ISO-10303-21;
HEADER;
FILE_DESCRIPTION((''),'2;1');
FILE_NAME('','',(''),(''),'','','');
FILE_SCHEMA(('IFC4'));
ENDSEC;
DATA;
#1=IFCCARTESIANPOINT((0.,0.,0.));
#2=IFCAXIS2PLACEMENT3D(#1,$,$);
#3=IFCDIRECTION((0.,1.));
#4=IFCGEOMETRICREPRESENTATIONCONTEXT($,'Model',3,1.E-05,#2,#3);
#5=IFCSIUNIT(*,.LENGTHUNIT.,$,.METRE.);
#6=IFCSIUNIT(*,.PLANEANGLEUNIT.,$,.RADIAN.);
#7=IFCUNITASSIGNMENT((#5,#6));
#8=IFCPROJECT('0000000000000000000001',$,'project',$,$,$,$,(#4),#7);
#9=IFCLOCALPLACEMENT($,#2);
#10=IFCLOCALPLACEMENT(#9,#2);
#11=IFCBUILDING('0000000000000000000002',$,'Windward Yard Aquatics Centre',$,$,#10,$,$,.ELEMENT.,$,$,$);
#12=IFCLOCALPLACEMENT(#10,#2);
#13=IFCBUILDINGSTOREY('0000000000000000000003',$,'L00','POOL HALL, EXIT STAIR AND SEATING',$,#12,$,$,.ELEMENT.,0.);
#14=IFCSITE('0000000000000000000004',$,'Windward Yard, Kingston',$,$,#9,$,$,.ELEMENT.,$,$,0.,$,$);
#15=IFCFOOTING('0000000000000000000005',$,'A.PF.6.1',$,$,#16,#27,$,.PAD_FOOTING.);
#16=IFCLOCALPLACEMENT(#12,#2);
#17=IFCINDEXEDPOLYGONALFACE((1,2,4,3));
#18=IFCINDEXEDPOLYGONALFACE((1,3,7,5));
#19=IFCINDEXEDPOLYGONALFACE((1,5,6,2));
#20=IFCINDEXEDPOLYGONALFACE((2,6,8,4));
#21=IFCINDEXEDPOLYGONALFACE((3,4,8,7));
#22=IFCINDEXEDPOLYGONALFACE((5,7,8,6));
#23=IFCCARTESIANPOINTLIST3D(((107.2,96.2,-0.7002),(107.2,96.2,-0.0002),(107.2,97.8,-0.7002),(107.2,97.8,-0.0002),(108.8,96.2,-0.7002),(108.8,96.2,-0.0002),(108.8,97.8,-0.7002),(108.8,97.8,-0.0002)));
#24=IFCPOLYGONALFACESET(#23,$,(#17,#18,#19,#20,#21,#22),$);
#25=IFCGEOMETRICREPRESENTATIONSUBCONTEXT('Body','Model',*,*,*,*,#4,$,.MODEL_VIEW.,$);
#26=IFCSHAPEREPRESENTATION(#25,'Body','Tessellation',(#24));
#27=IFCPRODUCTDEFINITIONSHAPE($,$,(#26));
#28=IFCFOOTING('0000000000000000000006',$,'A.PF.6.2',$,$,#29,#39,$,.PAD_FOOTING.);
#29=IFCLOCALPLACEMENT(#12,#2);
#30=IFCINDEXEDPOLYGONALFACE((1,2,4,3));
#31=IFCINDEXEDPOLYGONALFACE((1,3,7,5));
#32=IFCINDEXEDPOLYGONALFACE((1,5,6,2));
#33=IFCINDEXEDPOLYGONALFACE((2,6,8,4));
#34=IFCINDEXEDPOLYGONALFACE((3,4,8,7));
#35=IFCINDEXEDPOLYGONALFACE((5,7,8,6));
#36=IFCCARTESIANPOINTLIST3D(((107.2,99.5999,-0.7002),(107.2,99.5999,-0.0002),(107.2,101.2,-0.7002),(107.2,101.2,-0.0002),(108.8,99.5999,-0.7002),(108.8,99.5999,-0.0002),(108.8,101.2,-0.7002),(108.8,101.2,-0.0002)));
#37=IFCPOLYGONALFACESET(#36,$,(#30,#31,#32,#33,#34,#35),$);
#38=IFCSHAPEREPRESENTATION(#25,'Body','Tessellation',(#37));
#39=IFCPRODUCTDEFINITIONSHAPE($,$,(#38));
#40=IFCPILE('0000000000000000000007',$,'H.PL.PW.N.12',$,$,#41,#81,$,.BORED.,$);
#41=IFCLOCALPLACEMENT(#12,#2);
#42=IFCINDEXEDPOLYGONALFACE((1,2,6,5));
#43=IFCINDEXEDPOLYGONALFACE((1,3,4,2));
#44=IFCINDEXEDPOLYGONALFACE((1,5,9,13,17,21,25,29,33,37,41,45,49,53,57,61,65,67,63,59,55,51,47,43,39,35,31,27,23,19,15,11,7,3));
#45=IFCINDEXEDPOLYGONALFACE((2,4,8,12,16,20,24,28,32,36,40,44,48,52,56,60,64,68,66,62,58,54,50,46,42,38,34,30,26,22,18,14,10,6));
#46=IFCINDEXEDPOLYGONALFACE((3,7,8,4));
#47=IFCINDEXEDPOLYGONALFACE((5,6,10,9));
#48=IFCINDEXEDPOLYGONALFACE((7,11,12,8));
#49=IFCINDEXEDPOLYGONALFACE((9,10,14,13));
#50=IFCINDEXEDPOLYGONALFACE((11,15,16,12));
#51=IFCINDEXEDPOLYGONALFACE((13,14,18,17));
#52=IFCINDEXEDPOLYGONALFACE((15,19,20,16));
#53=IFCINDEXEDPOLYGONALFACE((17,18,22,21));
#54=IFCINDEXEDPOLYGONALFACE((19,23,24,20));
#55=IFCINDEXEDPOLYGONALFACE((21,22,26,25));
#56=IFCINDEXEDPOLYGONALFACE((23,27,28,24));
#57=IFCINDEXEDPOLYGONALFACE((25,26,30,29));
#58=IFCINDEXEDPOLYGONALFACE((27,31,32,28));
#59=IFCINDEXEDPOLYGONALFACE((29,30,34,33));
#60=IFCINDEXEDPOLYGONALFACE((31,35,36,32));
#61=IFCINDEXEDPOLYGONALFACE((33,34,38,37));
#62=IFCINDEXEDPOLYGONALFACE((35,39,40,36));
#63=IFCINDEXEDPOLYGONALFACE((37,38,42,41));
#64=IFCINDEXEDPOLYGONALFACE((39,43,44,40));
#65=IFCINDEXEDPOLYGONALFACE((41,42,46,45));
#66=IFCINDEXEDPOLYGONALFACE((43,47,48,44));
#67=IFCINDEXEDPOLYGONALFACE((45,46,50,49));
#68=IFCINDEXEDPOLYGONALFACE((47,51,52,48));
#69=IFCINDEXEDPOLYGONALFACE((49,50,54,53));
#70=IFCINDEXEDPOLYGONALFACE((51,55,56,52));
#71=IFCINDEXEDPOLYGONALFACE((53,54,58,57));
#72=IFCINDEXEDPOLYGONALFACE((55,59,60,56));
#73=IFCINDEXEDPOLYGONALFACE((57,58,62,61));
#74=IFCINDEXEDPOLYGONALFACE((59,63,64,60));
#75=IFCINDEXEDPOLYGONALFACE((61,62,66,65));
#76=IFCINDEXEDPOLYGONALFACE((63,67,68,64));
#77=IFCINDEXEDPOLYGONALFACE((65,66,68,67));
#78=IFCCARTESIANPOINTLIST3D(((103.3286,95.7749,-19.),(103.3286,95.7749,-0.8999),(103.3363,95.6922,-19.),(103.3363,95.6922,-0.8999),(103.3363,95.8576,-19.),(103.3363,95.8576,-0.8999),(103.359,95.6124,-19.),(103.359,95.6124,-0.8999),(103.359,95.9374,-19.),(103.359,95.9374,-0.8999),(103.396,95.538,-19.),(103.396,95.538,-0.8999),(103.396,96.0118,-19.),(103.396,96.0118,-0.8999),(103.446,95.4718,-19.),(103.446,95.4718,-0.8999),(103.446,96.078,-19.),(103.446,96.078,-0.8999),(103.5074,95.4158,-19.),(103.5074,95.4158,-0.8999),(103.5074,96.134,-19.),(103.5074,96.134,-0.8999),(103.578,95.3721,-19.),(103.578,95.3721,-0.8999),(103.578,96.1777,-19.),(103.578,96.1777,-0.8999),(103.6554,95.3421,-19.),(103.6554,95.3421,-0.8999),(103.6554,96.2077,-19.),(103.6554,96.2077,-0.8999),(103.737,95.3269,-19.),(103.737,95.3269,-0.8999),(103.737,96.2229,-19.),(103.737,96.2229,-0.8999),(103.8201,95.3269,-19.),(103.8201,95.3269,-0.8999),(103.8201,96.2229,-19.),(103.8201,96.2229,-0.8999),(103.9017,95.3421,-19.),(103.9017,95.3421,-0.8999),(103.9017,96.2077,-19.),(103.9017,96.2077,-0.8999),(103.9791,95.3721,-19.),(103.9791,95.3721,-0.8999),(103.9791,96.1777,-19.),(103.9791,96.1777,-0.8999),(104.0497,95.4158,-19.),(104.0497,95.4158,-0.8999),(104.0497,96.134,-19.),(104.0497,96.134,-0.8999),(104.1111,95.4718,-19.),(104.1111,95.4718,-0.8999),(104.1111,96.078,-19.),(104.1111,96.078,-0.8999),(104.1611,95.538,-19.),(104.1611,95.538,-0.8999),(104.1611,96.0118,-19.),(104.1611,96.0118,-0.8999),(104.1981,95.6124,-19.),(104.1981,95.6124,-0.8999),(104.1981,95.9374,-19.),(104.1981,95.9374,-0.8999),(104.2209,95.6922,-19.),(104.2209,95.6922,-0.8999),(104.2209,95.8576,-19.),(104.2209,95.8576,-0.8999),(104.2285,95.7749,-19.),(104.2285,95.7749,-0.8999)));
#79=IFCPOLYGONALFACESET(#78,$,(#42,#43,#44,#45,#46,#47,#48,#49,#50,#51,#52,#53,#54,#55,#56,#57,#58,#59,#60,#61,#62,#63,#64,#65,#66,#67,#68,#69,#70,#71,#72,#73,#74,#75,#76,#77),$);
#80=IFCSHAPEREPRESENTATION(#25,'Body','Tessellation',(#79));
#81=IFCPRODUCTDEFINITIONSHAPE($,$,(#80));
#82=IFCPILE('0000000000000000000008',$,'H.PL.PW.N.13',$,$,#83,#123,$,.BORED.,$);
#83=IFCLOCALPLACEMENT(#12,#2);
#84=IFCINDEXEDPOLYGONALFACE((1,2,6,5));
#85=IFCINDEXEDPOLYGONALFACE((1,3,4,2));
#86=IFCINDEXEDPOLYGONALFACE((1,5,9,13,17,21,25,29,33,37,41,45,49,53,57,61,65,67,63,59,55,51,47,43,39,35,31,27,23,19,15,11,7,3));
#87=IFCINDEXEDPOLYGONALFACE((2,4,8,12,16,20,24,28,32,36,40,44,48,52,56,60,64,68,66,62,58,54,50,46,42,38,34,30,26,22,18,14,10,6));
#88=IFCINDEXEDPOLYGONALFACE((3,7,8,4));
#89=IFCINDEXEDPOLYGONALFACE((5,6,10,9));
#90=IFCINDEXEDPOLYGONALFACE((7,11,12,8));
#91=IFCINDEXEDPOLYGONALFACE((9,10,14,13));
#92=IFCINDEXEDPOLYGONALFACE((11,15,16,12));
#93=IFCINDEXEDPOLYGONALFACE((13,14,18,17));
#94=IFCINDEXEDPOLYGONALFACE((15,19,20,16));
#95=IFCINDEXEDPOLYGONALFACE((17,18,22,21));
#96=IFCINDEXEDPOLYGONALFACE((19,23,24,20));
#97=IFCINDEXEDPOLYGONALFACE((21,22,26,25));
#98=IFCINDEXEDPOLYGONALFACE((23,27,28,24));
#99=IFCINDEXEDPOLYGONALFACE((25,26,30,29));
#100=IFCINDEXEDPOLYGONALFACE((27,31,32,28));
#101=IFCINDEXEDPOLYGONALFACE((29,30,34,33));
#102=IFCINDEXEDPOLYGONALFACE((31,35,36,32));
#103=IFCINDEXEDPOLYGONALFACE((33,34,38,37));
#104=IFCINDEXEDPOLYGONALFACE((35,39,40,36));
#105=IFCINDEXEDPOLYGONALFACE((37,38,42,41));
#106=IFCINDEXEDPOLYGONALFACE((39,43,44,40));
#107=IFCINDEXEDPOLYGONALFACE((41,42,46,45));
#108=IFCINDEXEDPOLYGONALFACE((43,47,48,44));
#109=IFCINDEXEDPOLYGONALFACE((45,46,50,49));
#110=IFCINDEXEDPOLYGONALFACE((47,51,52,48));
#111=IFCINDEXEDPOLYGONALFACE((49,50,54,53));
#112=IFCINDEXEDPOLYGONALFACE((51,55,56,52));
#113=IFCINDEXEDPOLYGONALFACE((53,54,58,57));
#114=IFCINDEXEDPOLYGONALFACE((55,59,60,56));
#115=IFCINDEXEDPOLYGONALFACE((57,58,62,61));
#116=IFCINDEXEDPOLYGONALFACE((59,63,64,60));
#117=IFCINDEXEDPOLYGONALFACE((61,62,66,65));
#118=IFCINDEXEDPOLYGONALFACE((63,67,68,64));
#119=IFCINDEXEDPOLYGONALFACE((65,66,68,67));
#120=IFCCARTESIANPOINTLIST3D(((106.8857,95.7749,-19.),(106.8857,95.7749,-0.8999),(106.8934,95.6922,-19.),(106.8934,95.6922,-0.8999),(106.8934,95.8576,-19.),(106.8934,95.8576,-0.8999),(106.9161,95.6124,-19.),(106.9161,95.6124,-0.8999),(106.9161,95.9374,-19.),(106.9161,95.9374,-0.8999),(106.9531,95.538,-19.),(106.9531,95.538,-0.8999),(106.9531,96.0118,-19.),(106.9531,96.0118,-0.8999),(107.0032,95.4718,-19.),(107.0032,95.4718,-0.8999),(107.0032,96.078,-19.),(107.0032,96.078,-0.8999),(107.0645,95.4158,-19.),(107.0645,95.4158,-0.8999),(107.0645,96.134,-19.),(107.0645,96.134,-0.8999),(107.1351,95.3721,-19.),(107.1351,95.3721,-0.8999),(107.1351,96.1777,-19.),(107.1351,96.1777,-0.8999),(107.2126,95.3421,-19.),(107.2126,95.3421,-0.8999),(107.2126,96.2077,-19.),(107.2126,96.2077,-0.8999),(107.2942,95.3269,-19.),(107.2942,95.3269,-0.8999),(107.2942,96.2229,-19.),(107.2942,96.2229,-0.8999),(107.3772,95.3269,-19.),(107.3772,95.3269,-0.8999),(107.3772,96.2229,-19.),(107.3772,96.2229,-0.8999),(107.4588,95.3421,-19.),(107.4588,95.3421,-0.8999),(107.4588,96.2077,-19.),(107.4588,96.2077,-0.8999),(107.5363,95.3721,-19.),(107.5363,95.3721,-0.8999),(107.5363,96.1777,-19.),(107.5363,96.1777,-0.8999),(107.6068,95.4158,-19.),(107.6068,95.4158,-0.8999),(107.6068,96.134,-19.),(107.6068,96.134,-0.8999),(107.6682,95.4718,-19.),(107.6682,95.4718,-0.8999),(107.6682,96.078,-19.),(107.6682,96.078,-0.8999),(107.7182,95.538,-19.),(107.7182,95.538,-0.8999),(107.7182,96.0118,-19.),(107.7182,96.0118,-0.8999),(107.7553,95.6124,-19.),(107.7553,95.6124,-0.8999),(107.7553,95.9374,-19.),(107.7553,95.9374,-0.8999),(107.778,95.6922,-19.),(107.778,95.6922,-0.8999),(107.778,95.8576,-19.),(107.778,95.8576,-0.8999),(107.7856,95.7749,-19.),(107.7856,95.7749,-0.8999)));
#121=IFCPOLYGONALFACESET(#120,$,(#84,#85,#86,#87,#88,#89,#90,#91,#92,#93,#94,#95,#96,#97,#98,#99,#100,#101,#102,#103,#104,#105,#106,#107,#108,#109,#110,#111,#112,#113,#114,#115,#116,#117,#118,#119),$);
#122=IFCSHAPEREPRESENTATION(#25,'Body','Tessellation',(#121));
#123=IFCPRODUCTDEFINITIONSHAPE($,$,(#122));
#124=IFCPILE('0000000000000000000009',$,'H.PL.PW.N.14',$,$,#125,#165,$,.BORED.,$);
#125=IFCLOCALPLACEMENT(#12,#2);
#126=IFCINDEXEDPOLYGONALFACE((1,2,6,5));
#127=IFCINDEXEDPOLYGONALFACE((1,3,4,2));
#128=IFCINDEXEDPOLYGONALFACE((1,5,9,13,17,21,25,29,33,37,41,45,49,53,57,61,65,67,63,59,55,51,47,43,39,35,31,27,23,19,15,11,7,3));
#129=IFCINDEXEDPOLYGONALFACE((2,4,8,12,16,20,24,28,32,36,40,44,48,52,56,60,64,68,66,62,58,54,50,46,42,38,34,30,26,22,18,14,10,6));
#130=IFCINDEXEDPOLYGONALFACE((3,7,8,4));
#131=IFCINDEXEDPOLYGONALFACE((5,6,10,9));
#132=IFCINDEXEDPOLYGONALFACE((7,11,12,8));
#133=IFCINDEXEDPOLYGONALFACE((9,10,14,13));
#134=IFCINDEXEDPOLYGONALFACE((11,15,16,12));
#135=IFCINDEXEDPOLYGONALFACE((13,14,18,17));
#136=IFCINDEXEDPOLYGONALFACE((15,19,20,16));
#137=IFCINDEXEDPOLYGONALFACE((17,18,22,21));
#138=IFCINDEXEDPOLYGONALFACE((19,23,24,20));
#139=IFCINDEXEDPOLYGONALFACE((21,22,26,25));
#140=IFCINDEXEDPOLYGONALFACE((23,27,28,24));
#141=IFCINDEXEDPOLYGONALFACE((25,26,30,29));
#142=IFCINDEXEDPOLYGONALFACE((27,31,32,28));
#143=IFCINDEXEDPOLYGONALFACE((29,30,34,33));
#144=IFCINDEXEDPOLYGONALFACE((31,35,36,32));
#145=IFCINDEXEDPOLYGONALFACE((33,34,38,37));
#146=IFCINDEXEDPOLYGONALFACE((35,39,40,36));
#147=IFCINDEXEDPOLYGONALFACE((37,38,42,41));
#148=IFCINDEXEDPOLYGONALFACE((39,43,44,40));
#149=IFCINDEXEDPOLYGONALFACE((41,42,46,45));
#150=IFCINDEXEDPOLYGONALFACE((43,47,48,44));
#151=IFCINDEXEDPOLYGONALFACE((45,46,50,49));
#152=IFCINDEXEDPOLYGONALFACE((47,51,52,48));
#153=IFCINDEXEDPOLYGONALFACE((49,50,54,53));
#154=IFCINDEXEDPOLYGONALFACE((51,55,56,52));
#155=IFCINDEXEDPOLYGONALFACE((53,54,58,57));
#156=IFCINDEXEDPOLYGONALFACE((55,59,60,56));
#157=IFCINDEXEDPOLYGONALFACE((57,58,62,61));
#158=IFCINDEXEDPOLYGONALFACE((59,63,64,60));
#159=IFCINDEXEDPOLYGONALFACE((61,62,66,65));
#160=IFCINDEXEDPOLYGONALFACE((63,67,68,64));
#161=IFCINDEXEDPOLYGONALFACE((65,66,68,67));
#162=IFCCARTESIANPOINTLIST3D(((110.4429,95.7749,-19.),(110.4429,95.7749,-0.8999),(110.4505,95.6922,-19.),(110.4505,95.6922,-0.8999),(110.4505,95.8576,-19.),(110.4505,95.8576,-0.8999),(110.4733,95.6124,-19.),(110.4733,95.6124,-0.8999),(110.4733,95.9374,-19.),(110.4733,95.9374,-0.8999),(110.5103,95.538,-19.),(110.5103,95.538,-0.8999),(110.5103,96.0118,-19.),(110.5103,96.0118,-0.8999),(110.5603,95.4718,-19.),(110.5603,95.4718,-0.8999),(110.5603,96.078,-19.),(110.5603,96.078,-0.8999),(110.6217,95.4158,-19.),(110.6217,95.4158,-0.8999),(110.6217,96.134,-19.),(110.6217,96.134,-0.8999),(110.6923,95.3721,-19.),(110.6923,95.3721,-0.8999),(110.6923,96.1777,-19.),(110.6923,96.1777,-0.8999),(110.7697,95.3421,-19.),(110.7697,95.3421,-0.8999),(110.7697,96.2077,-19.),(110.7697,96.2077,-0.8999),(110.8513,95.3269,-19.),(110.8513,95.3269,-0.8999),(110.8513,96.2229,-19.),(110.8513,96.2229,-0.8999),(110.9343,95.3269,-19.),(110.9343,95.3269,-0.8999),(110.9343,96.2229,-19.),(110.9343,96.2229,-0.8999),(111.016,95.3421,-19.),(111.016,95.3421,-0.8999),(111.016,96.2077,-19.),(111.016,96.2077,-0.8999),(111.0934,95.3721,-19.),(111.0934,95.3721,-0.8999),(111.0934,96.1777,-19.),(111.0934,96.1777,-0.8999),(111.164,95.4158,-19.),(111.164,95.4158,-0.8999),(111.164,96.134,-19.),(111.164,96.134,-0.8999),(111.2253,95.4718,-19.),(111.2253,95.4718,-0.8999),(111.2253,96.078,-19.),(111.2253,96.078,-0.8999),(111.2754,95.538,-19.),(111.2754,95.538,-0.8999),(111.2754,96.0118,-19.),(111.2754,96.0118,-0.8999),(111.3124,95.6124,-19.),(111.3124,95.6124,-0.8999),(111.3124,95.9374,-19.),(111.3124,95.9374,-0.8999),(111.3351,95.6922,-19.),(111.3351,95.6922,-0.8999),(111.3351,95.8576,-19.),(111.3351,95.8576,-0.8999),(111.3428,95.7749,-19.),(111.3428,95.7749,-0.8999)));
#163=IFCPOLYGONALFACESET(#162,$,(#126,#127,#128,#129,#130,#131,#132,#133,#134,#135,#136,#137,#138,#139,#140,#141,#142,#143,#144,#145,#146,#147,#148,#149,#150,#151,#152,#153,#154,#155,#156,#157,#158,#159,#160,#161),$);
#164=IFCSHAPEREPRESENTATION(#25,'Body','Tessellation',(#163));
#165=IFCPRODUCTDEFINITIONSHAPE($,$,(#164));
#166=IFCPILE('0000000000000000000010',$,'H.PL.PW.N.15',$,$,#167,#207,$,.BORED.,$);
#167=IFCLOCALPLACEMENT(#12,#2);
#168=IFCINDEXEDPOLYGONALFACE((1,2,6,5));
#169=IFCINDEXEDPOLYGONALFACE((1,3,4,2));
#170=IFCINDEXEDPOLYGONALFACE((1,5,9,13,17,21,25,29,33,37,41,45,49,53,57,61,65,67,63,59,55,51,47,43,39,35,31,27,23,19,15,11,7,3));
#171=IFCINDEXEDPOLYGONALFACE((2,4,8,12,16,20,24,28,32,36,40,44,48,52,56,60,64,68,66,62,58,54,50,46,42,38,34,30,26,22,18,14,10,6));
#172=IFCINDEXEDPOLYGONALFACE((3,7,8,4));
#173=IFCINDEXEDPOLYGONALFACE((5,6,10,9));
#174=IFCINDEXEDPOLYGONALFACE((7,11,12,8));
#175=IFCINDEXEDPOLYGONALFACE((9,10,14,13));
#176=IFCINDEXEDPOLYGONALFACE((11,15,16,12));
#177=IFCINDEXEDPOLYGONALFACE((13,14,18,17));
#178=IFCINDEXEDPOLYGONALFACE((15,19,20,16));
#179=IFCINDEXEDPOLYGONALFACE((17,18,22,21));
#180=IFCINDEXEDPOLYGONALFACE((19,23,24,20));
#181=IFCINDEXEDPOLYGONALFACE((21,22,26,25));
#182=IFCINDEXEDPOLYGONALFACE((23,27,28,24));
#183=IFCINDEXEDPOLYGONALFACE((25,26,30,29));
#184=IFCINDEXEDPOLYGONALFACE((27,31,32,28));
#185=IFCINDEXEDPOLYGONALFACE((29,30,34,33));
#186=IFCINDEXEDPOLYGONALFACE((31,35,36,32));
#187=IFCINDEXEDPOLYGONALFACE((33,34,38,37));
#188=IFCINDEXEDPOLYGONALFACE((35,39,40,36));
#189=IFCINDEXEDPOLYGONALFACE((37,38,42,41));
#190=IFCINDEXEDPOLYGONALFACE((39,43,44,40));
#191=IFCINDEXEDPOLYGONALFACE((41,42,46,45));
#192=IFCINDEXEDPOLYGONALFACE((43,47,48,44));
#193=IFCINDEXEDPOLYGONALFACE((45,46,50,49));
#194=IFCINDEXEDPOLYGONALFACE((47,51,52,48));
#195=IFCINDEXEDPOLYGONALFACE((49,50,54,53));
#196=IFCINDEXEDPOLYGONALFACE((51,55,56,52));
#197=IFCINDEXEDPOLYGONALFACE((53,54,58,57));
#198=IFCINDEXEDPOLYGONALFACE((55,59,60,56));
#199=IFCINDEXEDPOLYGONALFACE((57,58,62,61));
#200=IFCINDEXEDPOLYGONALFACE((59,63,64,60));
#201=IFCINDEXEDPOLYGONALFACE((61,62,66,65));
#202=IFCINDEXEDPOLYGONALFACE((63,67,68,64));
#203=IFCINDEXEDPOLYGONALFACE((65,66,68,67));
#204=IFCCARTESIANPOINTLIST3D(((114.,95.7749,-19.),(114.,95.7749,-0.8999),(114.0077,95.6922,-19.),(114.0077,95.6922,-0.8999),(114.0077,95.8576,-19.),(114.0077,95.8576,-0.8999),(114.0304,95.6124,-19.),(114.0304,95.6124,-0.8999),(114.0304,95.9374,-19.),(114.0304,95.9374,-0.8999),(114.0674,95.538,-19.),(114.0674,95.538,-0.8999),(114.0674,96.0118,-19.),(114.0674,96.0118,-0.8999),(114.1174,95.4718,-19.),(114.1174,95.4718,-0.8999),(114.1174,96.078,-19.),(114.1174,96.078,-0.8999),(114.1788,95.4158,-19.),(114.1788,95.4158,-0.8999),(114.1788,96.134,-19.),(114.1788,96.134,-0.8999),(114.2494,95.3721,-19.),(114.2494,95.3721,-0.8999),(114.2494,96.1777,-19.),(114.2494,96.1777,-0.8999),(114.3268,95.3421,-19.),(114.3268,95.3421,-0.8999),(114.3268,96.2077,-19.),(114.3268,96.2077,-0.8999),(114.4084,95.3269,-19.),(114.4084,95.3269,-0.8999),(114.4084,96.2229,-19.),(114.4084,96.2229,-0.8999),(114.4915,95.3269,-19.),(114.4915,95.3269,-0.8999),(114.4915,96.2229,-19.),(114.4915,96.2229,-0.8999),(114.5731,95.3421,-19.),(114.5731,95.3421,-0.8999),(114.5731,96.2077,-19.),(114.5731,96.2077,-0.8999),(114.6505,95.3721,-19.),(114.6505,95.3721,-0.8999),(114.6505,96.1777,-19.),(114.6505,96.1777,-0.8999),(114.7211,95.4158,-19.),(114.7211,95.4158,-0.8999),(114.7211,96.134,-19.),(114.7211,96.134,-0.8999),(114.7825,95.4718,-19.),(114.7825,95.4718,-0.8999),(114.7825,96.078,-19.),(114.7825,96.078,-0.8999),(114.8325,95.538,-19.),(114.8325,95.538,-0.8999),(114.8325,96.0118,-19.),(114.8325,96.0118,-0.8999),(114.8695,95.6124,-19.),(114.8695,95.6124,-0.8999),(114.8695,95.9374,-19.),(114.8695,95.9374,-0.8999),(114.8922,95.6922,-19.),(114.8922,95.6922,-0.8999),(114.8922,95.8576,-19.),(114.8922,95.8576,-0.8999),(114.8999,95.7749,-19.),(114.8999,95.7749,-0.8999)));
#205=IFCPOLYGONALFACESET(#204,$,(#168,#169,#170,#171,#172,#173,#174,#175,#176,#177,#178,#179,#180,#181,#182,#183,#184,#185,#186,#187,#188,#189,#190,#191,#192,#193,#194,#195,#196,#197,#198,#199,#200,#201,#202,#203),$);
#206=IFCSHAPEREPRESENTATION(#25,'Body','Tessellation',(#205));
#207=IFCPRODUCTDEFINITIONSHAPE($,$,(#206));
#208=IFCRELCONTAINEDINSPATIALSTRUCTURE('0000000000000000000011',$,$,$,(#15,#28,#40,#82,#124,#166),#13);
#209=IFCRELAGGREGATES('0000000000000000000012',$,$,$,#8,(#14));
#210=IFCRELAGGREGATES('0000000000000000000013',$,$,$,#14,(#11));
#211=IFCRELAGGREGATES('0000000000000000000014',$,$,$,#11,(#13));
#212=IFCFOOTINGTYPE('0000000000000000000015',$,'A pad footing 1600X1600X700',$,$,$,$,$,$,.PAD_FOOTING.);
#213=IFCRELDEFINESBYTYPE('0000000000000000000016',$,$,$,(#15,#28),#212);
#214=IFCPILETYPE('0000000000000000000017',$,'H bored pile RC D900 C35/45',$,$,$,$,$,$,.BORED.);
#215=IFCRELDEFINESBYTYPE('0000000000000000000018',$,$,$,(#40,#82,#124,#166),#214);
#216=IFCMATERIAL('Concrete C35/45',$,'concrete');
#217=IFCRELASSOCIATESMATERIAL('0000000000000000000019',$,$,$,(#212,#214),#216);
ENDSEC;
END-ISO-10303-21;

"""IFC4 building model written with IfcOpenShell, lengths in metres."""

from ifc_helpers import new_model, si_unit, direction, frame, origin, origin_2d, place, context, subcontext, project, spatial, rectangle, circle, extrude, material, material_profile, profile_set, type_object, element, save


model = new_model("IFC4")

# Units and contexts
model_context = context("Model", 3, precision=1e-05, world=origin(), true_north=direction((0.0, 1.0)))
body_context = subcontext(model_context, "Body", "Model", "MODEL_VIEW")
ifc_project = project(units=[si_unit("LENGTHUNIT", "METRE"), si_unit("PLANEANGLEUNIT", "RADIAN")], contexts=[model_context])

# Site, building, storey
site_placement = place(None, origin())
site = spatial("IfcSite", under=ifc_project, at=site_placement, Name="Windward Yard, Kingston", CompositionType="ELEMENT", RefElevation=0.0)
building_placement = place(site_placement, origin())
building = spatial("IfcBuilding", under=site, at=building_placement, Name="Windward Yard Aquatics Centre", CompositionType="ELEMENT")
storey_placement = place(building_placement, origin())
storey = spatial("IfcBuildingStorey", under=building, at=storey_placement, Name="L00", Description="POOL HALL, EXIT STAIR AND SEATING", CompositionType="ELEMENT", Elevation=0.0)

# Footings
ifc_material_1 = material(Name="Concrete C35/45", Category="concrete")
footing_type_1 = type_object("IfcFootingType", Name="A pad footing 1600X1600X700", PredefinedType="PAD_FOOTING", material=ifc_material_1)
for number, where, z_axis, x_axis, name in (
    (1, (108.0, 97.0, -0.7002), (0.0, 0.0, 1.0), (1.0, 0.0, 0.0), "A.PF.6.1"),
    (2, (108.0, 100.3999, -0.7002), (0.0, 0.0, 1.0), (1.0, 0.0, 0.0), "A.PF.6.2"),
):
    element("IfcFooting", number, at=place(storey_placement, frame(where, z_axis=z_axis, x_axis=x_axis)), inside=storey, type_object=footing_type_1, Name=name, PredefinedType="PAD_FOOTING", context=body_context, shape_type="SweptSolid", body=[
        extrude(rectangle(XDim=1.6001, YDim=1.6001, at=origin_2d()), origin(), (0.0, 0.0, 1.0), 0.7),
    ])

# Piles
ifc_material_profile_1 = material_profile(ifc_material_1, circle(Radius=0.45, at=origin_2d()), Name="RC D900")
ifc_profile_set_1 = profile_set([ifc_material_profile_1], Name="Concrete C35/45")
pile_type = type_object("IfcPileType", Name="H bored pile RC D900 C35/45", PredefinedType="BORED", material=ifc_profile_set_1)
for number, where, z_axis, x_axis, name in (
    (3, (103.7786, 95.7749, -0.8999), (0.0, 0.0, -1.0), (1.0, 0.0, 0.0), "H.PL.PW.N.12"),
    (4, (107.3357, 95.7749, -0.8999), (0.0, 0.0, -1.0), (1.0, 0.0, 0.0), "H.PL.PW.N.13"),
    (5, (110.8928, 95.7749, -0.8999), (0.0, 0.0, -1.0), (1.0, 0.0, 0.0), "H.PL.PW.N.14"),
    (6, (114.45, 95.7749, -0.8999), (0.0, 0.0, -1.0), (1.0, 0.0, 0.0), "H.PL.PW.N.15"),
):
    element("IfcPile", number, at=place(storey_placement, frame(where, z_axis=z_axis, x_axis=x_axis)), inside=storey, type_object=pile_type, Name=name, PredefinedType="BORED", context=body_context, shape_type="SweptSolid", body=[
        extrude(circle(Radius=0.45, at=origin_2d()), origin(), (0.0, 0.0, 1.0), 18.1001),
    ])

save(model, "model.ifc")
